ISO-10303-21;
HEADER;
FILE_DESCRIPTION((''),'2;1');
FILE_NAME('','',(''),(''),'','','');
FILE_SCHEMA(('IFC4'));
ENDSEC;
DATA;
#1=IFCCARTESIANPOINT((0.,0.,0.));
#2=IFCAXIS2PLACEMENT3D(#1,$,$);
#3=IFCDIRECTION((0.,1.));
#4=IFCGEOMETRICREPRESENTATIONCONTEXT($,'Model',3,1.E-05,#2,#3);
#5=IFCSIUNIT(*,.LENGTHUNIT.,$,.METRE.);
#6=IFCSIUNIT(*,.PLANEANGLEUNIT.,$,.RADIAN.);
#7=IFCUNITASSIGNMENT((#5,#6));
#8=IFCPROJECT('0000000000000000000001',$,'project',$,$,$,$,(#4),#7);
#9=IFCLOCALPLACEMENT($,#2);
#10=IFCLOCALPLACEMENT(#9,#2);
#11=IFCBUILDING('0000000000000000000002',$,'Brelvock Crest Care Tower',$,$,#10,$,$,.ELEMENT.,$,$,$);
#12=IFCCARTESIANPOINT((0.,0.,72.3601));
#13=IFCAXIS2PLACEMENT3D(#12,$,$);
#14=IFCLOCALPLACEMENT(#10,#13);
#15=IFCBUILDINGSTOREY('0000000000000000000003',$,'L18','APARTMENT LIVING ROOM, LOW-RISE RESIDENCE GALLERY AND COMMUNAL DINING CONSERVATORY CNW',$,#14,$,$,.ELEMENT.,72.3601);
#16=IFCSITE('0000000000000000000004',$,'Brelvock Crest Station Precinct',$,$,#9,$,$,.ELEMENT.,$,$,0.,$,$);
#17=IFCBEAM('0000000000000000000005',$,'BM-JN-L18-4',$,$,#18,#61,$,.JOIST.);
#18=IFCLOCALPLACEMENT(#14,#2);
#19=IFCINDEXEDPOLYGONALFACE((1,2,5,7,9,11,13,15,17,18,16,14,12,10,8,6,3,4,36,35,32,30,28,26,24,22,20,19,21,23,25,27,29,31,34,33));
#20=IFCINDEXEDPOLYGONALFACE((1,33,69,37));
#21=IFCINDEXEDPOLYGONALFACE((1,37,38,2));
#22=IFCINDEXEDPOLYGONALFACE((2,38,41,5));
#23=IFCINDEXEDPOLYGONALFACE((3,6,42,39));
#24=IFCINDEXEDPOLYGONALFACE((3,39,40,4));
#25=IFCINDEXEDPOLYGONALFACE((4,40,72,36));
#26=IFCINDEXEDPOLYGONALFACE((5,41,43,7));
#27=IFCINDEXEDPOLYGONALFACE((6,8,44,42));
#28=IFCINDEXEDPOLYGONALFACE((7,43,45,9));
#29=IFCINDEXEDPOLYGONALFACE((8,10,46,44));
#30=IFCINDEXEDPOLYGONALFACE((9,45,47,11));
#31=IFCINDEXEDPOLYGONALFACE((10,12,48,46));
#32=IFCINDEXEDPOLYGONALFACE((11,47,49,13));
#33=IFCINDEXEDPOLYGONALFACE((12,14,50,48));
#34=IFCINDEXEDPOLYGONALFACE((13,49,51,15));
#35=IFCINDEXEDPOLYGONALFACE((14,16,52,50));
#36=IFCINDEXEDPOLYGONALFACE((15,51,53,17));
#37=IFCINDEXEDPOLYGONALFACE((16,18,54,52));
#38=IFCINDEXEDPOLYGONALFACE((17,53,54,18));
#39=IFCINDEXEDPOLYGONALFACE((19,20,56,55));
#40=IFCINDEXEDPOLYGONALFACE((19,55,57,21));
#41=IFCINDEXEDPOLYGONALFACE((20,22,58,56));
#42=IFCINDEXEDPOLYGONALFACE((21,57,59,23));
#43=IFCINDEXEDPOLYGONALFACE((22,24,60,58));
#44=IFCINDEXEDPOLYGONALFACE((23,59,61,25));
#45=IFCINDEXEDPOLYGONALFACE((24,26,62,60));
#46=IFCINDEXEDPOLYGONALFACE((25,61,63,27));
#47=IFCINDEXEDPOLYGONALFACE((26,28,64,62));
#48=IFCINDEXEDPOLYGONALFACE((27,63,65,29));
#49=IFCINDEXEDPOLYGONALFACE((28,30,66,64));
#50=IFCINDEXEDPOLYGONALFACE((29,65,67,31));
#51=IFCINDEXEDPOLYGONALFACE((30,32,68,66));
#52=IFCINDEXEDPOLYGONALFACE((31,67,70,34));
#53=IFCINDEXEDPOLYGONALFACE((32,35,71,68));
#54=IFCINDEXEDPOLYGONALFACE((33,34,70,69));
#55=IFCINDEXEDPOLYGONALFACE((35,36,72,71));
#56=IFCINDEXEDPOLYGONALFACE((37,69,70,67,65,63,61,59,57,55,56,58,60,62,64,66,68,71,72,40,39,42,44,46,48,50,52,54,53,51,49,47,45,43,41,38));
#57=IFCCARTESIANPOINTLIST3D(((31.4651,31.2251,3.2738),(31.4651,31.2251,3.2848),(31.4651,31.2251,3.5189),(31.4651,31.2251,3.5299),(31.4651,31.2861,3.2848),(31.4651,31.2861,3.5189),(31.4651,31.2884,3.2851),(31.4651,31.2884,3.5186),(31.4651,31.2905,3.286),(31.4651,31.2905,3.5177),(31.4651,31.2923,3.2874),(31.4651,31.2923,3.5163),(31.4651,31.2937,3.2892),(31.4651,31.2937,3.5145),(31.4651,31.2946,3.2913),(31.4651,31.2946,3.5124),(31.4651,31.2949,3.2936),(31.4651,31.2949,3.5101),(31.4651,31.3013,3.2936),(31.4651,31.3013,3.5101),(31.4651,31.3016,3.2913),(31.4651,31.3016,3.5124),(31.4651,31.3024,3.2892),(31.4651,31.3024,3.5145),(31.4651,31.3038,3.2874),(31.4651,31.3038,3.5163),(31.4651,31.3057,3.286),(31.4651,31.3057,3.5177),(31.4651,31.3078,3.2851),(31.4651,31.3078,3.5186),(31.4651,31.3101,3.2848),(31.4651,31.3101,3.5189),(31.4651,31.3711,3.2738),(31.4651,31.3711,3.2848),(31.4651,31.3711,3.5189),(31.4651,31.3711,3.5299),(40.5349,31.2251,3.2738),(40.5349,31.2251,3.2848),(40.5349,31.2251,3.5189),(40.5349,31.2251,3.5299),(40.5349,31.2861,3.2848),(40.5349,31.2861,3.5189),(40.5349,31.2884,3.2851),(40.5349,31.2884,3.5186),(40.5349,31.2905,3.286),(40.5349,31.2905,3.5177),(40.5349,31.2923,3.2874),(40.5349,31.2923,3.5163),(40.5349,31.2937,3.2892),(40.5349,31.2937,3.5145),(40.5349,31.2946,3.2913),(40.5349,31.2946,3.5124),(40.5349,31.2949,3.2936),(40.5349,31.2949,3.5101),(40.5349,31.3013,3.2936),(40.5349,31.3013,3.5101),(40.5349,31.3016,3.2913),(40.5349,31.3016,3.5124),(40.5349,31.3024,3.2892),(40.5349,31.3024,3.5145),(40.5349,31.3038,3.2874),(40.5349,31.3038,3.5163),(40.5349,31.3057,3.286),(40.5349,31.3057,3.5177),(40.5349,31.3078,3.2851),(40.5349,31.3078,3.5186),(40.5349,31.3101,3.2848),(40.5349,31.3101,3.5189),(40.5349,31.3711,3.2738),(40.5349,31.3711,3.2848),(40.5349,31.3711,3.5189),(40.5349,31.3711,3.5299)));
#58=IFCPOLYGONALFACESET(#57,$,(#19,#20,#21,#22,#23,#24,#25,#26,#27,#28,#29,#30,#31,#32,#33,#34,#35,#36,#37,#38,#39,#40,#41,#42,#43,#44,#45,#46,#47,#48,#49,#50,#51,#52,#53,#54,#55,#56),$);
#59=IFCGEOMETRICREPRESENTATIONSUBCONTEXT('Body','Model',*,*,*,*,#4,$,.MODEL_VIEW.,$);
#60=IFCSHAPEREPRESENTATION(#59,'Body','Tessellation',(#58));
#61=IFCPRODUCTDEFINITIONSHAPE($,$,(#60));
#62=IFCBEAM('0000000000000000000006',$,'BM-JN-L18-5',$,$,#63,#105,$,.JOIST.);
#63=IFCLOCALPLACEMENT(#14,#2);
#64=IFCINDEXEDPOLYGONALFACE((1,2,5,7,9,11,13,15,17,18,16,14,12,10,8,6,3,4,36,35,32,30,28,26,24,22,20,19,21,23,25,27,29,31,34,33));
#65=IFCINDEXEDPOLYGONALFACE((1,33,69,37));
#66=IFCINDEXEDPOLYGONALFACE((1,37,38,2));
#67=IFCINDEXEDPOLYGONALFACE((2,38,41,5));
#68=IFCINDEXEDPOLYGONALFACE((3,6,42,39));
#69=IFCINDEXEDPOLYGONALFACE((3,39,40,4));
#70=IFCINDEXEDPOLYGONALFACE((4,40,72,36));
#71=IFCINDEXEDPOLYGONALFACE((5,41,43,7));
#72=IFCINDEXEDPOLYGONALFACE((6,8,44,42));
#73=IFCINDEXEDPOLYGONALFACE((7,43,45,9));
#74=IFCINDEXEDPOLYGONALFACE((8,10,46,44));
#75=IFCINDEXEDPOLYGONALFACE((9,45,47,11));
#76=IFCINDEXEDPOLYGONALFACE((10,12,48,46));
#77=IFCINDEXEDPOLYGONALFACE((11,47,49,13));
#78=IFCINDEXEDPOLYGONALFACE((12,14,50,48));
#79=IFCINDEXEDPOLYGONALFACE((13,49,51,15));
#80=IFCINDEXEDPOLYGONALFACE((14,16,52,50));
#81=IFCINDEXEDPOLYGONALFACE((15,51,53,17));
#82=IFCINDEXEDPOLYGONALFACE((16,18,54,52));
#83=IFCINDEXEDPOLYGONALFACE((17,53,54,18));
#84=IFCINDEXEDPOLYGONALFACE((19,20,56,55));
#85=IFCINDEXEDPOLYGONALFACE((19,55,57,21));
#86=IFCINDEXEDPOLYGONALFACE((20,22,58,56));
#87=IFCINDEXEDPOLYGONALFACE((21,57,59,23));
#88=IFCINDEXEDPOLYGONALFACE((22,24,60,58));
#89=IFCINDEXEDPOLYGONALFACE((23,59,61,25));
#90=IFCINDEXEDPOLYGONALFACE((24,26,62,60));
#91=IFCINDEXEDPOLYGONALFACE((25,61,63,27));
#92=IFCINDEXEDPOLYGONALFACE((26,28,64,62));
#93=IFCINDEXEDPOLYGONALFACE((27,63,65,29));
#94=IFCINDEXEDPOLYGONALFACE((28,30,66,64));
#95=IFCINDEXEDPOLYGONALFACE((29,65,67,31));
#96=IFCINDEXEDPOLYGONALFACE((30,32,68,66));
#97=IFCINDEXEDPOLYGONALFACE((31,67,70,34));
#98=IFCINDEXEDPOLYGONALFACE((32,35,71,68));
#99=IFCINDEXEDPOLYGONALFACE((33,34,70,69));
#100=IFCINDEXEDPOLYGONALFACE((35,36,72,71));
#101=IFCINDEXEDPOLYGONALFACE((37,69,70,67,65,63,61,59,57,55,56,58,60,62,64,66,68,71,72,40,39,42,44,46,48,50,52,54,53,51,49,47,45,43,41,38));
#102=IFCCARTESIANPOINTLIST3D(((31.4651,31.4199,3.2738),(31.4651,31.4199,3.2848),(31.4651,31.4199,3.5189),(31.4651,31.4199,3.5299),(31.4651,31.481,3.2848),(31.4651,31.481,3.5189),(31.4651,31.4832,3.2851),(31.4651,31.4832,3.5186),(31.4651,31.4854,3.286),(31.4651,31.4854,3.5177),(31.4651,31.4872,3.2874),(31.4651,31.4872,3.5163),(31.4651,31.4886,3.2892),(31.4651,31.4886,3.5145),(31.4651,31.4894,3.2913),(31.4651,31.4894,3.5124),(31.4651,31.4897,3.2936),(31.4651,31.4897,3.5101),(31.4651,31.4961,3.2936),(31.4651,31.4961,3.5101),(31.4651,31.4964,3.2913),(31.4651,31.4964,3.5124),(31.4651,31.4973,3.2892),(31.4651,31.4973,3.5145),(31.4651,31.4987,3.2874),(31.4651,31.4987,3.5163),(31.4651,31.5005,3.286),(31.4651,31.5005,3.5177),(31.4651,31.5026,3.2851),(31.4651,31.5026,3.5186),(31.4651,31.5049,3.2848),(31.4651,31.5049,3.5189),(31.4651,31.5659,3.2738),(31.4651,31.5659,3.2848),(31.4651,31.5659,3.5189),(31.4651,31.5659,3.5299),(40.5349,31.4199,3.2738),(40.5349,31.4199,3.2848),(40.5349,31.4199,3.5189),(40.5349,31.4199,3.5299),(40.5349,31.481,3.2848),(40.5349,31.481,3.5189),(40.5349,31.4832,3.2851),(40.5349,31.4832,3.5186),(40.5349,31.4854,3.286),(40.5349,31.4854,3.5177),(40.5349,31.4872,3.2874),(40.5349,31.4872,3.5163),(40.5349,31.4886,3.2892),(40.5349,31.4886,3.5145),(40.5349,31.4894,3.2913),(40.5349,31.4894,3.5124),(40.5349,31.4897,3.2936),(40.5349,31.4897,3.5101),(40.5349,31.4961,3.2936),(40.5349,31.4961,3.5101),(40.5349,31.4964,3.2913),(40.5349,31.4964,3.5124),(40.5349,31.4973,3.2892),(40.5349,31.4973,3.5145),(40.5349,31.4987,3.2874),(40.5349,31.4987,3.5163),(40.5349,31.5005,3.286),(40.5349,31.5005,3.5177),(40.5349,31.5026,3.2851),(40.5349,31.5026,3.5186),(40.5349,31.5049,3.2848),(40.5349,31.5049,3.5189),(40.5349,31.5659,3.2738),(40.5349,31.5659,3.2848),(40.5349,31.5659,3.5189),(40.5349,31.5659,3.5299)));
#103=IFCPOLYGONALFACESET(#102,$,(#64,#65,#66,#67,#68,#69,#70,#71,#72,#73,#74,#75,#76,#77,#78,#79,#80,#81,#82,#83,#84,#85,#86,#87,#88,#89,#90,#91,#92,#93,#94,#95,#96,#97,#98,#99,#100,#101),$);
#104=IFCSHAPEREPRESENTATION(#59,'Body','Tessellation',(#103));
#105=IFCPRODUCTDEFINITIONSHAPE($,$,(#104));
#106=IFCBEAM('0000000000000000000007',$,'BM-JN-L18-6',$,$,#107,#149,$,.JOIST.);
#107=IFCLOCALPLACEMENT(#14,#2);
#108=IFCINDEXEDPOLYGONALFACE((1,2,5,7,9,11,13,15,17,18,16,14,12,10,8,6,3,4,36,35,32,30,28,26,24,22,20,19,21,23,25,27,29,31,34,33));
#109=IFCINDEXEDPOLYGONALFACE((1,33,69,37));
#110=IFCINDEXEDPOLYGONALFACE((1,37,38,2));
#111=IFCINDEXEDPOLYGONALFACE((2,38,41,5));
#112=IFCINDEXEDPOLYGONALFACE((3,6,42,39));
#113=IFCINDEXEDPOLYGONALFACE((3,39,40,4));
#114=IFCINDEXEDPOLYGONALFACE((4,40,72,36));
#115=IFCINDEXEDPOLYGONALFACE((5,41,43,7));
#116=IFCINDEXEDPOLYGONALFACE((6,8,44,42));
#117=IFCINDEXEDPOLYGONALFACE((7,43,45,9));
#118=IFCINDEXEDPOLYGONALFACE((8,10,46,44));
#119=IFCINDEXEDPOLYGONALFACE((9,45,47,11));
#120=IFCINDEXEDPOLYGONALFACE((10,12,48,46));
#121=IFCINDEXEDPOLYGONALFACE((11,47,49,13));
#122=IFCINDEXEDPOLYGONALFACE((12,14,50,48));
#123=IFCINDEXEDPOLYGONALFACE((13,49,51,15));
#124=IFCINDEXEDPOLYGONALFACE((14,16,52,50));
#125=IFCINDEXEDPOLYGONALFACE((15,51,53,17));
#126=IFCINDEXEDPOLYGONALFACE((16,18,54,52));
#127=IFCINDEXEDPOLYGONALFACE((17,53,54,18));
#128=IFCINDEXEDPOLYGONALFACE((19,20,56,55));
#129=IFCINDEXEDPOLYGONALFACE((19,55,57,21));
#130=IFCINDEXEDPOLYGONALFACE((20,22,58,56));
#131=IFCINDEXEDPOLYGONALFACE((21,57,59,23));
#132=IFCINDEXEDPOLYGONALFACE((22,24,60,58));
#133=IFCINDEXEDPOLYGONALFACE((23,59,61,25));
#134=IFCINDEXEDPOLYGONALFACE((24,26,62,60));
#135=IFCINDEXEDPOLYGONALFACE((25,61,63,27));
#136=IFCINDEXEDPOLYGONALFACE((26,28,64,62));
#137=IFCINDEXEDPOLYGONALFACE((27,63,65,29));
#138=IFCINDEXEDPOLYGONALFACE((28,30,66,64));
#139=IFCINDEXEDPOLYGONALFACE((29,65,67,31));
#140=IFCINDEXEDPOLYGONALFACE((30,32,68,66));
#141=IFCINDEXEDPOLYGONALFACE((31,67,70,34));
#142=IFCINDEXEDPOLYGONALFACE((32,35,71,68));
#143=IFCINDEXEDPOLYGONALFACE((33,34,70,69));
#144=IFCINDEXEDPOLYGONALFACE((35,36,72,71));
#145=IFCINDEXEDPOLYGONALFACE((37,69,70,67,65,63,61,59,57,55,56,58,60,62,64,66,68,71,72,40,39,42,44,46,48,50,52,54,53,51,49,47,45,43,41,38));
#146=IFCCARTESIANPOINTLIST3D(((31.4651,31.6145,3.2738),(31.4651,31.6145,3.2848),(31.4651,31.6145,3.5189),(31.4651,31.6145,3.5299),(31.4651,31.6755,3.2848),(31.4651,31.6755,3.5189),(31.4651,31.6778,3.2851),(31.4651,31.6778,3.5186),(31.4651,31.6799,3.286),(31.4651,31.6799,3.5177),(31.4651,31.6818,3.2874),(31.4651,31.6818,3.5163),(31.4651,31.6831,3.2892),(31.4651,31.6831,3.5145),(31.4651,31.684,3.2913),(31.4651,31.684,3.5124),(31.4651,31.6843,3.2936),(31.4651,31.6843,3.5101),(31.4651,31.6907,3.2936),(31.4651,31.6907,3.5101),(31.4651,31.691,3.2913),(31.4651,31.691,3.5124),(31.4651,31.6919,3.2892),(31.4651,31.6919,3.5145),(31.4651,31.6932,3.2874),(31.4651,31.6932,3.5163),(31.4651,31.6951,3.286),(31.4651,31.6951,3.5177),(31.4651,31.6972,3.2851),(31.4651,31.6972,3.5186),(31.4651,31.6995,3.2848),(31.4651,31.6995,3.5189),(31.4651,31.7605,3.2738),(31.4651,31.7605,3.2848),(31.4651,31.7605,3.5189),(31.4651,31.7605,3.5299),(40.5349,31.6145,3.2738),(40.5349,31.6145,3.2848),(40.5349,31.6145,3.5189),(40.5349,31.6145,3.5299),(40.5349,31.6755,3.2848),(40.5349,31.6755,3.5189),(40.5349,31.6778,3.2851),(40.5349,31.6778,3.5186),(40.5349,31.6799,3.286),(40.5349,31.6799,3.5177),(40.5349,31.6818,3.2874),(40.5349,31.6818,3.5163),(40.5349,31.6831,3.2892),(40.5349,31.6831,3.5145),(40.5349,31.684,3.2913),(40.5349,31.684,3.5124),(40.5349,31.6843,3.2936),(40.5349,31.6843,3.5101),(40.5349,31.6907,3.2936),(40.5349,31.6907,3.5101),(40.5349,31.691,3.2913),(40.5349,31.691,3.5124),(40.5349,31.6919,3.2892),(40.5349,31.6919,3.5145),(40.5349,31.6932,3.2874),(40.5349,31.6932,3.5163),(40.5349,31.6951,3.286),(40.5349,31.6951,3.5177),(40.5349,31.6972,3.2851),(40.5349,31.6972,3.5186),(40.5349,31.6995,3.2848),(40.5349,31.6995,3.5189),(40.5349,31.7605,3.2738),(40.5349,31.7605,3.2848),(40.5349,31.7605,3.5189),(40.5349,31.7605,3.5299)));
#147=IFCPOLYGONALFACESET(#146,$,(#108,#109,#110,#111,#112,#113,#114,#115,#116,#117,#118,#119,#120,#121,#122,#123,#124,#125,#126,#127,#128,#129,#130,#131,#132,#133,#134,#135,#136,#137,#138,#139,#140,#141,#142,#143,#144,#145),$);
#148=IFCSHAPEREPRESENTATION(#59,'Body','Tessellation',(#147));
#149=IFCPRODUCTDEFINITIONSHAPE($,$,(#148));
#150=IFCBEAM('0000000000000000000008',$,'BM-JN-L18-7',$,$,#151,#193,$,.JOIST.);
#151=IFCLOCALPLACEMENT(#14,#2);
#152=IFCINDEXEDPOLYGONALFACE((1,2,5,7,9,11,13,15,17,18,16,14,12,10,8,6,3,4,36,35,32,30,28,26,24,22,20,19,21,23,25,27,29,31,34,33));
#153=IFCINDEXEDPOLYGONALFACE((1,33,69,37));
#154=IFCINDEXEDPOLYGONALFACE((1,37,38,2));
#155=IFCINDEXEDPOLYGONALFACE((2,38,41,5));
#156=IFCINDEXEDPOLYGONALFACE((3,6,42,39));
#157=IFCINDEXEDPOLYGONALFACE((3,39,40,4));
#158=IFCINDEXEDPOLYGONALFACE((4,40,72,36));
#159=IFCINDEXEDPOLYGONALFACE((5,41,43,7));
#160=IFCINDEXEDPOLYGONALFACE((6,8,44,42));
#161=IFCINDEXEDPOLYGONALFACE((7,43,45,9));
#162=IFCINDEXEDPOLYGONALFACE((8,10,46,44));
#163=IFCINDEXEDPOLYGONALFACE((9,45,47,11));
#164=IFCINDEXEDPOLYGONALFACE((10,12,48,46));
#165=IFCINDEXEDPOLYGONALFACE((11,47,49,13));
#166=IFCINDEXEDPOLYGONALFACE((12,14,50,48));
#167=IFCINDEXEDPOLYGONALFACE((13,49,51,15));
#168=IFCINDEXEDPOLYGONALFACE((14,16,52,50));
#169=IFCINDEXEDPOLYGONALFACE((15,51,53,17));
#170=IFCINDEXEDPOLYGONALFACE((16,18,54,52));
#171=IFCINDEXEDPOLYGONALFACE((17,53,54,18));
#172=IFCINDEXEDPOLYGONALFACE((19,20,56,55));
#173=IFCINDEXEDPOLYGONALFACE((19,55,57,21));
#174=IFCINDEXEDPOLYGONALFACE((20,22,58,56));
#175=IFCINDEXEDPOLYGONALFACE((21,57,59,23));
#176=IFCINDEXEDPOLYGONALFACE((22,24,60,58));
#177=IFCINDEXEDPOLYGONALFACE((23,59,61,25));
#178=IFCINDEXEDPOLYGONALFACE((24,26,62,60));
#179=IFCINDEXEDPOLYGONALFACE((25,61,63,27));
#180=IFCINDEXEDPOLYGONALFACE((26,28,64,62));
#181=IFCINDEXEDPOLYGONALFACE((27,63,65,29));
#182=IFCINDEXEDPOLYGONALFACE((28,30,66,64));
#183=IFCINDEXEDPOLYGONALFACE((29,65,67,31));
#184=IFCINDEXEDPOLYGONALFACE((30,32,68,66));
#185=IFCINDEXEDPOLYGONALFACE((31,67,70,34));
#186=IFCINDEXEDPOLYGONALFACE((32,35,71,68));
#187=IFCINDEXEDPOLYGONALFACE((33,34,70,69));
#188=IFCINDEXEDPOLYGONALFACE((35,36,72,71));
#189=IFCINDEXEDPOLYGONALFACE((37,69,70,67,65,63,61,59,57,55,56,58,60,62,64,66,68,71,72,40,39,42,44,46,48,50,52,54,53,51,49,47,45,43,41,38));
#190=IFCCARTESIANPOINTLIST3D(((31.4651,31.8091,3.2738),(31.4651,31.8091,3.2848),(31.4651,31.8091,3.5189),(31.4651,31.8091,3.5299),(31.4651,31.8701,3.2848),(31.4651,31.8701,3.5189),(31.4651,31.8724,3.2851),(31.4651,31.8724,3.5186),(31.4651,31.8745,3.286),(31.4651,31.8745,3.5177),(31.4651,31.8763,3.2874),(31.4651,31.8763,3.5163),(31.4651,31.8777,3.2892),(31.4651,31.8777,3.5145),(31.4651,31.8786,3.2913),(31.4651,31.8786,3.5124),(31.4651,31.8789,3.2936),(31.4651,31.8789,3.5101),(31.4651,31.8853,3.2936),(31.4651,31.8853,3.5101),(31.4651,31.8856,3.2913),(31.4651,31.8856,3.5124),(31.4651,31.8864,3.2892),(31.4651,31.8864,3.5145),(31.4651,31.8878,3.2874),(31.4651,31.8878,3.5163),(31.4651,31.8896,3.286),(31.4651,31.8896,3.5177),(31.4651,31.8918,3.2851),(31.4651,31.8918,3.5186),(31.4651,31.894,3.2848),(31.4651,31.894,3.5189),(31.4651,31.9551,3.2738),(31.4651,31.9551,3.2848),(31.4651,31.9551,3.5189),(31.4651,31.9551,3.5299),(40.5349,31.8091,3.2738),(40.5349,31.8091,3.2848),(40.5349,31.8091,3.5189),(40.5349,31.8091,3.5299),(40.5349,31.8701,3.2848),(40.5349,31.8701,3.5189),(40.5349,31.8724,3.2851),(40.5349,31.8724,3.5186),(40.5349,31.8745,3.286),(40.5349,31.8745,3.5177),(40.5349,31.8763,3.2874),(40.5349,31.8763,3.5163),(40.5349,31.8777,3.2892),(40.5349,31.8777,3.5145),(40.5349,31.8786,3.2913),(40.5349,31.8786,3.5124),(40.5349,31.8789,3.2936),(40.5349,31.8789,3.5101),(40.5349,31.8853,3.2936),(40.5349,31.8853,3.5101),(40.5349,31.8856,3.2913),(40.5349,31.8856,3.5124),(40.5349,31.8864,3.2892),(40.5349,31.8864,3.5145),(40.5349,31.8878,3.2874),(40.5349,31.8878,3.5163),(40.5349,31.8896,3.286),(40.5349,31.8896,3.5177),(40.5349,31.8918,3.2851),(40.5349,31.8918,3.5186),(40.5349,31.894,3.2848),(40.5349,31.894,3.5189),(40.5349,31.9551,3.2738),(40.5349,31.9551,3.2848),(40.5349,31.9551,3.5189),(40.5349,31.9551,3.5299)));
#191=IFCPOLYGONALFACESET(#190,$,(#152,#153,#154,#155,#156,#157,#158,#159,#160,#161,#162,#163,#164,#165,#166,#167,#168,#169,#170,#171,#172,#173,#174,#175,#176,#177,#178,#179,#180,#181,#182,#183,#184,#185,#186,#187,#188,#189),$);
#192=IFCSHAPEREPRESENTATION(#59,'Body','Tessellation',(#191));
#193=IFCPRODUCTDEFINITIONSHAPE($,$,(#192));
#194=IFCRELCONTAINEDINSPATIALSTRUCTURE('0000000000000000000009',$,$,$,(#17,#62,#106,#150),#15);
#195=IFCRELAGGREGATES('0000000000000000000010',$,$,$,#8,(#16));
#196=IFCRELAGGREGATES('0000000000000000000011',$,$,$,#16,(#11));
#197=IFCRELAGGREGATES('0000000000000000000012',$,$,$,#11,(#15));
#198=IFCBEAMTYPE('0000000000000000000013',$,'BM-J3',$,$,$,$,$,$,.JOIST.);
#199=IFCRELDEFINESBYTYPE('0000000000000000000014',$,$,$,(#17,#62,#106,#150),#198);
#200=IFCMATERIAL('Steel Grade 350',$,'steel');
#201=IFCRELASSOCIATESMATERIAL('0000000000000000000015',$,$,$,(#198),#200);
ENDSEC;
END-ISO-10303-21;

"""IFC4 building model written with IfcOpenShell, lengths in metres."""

from ifc_helpers import new_model, si_unit, direction, frame, origin, origin_2d, place, context, subcontext, project, spatial, i_section, extrude, source, transform, mapped, material, material_profile, profile_set, type_object, element, save


model = new_model("IFC4")

# Units and contexts
model_context = context("Model", 3, precision=1e-05, world=origin(), true_north=direction((0.0, 1.0)))
body_context = subcontext(model_context, "Body", "Model", "MODEL_VIEW")
ifc_project = project(units=[si_unit("LENGTHUNIT", "METRE"), si_unit("PLANEANGLEUNIT", "RADIAN")], contexts=[model_context])

# Site, building, storey
site_placement = place(None, origin())
site = spatial("IfcSite", under=ifc_project, at=site_placement, Name="Brelvock Crest Station Precinct", CompositionType="ELEMENT", RefElevation=0.0)
building_placement = place(site_placement, origin())
building = spatial("IfcBuilding", under=site, at=building_placement, Name="Brelvock Crest Care Tower", CompositionType="ELEMENT")
storey_placement = place(building_placement, frame((0.0, 0.0, 72.3601)))
storey = spatial("IfcBuildingStorey", under=building, at=storey_placement, Name="L18", Description="APARTMENT LIVING ROOM, LOW-RISE RESIDENCE GALLERY AND COMMUNAL DINING CONSERVATORY CNW", CompositionType="ELEMENT", Elevation=72.3601)

# Beams
ifc_material_1 = material(Name="Steel Grade 350", Category="steel")
ifc_material_profile_1 = material_profile(ifc_material_1, i_section(OverallWidth=0.146, OverallDepth=0.2561, WebThickness=0.0063, FlangeThickness=0.011, FilletRadius=0.0088, at=origin_2d()), Name="250UB37.3")
ifc_profile_set_1 = profile_set([ifc_material_profile_1], Name="Steel Grade 350")
beam_type_1 = type_object("IfcBeamType", Name="BM-J3", PredefinedType="JOIST", material=ifc_profile_set_1)
shared_shape_1 = source(origin(), body_context, "Body", "SweptSolid", [
    extrude(i_section(OverallWidth=0.146, OverallDepth=0.2561, WebThickness=0.0063, FlangeThickness=0.011, FilletRadius=0.0088, at=origin_2d()), origin(), (0.0, 0.0, 1.0), 9.0698),
])
for number, where, z_axis, x_axis, name in (
    (1, (31.4651, 31.2981, 3.4019), (1.0, 0.0, 0.0), (0.0, 1.0, 0.0), "BM-JN-L18-4"),
    (2, (31.4651, 31.4929, 3.4019), (1.0, 0.0, 0.0), (0.0, 1.0, 0.0), "BM-JN-L18-5"),
    (3, (31.4651, 31.6875, 3.4019), (1.0, 0.0, 0.0), (0.0, 1.0, 0.0), "BM-JN-L18-6"),
    (4, (31.4651, 31.8821, 3.4019), (1.0, 0.0, 0.0), (0.0, 1.0, 0.0), "BM-JN-L18-7"),
):
    element("IfcBeam", number, at=place(storey_placement, frame(where, z_axis=z_axis, x_axis=x_axis)), inside=storey, type_object=beam_type_1, Name=name, PredefinedType="JOIST", context=body_context, shape_type="MappedRepresentation", body=[
        mapped(shared_shape_1, transform((0.0, 0.0, 0.0), x_axis=(1.0, 0.0, 0.0), y_axis=(0.0, 1.0, 0.0), z_axis=(0.0, 0.0, 1.0), scale=1.0)),
    ])

save(model, "model.ifc")
